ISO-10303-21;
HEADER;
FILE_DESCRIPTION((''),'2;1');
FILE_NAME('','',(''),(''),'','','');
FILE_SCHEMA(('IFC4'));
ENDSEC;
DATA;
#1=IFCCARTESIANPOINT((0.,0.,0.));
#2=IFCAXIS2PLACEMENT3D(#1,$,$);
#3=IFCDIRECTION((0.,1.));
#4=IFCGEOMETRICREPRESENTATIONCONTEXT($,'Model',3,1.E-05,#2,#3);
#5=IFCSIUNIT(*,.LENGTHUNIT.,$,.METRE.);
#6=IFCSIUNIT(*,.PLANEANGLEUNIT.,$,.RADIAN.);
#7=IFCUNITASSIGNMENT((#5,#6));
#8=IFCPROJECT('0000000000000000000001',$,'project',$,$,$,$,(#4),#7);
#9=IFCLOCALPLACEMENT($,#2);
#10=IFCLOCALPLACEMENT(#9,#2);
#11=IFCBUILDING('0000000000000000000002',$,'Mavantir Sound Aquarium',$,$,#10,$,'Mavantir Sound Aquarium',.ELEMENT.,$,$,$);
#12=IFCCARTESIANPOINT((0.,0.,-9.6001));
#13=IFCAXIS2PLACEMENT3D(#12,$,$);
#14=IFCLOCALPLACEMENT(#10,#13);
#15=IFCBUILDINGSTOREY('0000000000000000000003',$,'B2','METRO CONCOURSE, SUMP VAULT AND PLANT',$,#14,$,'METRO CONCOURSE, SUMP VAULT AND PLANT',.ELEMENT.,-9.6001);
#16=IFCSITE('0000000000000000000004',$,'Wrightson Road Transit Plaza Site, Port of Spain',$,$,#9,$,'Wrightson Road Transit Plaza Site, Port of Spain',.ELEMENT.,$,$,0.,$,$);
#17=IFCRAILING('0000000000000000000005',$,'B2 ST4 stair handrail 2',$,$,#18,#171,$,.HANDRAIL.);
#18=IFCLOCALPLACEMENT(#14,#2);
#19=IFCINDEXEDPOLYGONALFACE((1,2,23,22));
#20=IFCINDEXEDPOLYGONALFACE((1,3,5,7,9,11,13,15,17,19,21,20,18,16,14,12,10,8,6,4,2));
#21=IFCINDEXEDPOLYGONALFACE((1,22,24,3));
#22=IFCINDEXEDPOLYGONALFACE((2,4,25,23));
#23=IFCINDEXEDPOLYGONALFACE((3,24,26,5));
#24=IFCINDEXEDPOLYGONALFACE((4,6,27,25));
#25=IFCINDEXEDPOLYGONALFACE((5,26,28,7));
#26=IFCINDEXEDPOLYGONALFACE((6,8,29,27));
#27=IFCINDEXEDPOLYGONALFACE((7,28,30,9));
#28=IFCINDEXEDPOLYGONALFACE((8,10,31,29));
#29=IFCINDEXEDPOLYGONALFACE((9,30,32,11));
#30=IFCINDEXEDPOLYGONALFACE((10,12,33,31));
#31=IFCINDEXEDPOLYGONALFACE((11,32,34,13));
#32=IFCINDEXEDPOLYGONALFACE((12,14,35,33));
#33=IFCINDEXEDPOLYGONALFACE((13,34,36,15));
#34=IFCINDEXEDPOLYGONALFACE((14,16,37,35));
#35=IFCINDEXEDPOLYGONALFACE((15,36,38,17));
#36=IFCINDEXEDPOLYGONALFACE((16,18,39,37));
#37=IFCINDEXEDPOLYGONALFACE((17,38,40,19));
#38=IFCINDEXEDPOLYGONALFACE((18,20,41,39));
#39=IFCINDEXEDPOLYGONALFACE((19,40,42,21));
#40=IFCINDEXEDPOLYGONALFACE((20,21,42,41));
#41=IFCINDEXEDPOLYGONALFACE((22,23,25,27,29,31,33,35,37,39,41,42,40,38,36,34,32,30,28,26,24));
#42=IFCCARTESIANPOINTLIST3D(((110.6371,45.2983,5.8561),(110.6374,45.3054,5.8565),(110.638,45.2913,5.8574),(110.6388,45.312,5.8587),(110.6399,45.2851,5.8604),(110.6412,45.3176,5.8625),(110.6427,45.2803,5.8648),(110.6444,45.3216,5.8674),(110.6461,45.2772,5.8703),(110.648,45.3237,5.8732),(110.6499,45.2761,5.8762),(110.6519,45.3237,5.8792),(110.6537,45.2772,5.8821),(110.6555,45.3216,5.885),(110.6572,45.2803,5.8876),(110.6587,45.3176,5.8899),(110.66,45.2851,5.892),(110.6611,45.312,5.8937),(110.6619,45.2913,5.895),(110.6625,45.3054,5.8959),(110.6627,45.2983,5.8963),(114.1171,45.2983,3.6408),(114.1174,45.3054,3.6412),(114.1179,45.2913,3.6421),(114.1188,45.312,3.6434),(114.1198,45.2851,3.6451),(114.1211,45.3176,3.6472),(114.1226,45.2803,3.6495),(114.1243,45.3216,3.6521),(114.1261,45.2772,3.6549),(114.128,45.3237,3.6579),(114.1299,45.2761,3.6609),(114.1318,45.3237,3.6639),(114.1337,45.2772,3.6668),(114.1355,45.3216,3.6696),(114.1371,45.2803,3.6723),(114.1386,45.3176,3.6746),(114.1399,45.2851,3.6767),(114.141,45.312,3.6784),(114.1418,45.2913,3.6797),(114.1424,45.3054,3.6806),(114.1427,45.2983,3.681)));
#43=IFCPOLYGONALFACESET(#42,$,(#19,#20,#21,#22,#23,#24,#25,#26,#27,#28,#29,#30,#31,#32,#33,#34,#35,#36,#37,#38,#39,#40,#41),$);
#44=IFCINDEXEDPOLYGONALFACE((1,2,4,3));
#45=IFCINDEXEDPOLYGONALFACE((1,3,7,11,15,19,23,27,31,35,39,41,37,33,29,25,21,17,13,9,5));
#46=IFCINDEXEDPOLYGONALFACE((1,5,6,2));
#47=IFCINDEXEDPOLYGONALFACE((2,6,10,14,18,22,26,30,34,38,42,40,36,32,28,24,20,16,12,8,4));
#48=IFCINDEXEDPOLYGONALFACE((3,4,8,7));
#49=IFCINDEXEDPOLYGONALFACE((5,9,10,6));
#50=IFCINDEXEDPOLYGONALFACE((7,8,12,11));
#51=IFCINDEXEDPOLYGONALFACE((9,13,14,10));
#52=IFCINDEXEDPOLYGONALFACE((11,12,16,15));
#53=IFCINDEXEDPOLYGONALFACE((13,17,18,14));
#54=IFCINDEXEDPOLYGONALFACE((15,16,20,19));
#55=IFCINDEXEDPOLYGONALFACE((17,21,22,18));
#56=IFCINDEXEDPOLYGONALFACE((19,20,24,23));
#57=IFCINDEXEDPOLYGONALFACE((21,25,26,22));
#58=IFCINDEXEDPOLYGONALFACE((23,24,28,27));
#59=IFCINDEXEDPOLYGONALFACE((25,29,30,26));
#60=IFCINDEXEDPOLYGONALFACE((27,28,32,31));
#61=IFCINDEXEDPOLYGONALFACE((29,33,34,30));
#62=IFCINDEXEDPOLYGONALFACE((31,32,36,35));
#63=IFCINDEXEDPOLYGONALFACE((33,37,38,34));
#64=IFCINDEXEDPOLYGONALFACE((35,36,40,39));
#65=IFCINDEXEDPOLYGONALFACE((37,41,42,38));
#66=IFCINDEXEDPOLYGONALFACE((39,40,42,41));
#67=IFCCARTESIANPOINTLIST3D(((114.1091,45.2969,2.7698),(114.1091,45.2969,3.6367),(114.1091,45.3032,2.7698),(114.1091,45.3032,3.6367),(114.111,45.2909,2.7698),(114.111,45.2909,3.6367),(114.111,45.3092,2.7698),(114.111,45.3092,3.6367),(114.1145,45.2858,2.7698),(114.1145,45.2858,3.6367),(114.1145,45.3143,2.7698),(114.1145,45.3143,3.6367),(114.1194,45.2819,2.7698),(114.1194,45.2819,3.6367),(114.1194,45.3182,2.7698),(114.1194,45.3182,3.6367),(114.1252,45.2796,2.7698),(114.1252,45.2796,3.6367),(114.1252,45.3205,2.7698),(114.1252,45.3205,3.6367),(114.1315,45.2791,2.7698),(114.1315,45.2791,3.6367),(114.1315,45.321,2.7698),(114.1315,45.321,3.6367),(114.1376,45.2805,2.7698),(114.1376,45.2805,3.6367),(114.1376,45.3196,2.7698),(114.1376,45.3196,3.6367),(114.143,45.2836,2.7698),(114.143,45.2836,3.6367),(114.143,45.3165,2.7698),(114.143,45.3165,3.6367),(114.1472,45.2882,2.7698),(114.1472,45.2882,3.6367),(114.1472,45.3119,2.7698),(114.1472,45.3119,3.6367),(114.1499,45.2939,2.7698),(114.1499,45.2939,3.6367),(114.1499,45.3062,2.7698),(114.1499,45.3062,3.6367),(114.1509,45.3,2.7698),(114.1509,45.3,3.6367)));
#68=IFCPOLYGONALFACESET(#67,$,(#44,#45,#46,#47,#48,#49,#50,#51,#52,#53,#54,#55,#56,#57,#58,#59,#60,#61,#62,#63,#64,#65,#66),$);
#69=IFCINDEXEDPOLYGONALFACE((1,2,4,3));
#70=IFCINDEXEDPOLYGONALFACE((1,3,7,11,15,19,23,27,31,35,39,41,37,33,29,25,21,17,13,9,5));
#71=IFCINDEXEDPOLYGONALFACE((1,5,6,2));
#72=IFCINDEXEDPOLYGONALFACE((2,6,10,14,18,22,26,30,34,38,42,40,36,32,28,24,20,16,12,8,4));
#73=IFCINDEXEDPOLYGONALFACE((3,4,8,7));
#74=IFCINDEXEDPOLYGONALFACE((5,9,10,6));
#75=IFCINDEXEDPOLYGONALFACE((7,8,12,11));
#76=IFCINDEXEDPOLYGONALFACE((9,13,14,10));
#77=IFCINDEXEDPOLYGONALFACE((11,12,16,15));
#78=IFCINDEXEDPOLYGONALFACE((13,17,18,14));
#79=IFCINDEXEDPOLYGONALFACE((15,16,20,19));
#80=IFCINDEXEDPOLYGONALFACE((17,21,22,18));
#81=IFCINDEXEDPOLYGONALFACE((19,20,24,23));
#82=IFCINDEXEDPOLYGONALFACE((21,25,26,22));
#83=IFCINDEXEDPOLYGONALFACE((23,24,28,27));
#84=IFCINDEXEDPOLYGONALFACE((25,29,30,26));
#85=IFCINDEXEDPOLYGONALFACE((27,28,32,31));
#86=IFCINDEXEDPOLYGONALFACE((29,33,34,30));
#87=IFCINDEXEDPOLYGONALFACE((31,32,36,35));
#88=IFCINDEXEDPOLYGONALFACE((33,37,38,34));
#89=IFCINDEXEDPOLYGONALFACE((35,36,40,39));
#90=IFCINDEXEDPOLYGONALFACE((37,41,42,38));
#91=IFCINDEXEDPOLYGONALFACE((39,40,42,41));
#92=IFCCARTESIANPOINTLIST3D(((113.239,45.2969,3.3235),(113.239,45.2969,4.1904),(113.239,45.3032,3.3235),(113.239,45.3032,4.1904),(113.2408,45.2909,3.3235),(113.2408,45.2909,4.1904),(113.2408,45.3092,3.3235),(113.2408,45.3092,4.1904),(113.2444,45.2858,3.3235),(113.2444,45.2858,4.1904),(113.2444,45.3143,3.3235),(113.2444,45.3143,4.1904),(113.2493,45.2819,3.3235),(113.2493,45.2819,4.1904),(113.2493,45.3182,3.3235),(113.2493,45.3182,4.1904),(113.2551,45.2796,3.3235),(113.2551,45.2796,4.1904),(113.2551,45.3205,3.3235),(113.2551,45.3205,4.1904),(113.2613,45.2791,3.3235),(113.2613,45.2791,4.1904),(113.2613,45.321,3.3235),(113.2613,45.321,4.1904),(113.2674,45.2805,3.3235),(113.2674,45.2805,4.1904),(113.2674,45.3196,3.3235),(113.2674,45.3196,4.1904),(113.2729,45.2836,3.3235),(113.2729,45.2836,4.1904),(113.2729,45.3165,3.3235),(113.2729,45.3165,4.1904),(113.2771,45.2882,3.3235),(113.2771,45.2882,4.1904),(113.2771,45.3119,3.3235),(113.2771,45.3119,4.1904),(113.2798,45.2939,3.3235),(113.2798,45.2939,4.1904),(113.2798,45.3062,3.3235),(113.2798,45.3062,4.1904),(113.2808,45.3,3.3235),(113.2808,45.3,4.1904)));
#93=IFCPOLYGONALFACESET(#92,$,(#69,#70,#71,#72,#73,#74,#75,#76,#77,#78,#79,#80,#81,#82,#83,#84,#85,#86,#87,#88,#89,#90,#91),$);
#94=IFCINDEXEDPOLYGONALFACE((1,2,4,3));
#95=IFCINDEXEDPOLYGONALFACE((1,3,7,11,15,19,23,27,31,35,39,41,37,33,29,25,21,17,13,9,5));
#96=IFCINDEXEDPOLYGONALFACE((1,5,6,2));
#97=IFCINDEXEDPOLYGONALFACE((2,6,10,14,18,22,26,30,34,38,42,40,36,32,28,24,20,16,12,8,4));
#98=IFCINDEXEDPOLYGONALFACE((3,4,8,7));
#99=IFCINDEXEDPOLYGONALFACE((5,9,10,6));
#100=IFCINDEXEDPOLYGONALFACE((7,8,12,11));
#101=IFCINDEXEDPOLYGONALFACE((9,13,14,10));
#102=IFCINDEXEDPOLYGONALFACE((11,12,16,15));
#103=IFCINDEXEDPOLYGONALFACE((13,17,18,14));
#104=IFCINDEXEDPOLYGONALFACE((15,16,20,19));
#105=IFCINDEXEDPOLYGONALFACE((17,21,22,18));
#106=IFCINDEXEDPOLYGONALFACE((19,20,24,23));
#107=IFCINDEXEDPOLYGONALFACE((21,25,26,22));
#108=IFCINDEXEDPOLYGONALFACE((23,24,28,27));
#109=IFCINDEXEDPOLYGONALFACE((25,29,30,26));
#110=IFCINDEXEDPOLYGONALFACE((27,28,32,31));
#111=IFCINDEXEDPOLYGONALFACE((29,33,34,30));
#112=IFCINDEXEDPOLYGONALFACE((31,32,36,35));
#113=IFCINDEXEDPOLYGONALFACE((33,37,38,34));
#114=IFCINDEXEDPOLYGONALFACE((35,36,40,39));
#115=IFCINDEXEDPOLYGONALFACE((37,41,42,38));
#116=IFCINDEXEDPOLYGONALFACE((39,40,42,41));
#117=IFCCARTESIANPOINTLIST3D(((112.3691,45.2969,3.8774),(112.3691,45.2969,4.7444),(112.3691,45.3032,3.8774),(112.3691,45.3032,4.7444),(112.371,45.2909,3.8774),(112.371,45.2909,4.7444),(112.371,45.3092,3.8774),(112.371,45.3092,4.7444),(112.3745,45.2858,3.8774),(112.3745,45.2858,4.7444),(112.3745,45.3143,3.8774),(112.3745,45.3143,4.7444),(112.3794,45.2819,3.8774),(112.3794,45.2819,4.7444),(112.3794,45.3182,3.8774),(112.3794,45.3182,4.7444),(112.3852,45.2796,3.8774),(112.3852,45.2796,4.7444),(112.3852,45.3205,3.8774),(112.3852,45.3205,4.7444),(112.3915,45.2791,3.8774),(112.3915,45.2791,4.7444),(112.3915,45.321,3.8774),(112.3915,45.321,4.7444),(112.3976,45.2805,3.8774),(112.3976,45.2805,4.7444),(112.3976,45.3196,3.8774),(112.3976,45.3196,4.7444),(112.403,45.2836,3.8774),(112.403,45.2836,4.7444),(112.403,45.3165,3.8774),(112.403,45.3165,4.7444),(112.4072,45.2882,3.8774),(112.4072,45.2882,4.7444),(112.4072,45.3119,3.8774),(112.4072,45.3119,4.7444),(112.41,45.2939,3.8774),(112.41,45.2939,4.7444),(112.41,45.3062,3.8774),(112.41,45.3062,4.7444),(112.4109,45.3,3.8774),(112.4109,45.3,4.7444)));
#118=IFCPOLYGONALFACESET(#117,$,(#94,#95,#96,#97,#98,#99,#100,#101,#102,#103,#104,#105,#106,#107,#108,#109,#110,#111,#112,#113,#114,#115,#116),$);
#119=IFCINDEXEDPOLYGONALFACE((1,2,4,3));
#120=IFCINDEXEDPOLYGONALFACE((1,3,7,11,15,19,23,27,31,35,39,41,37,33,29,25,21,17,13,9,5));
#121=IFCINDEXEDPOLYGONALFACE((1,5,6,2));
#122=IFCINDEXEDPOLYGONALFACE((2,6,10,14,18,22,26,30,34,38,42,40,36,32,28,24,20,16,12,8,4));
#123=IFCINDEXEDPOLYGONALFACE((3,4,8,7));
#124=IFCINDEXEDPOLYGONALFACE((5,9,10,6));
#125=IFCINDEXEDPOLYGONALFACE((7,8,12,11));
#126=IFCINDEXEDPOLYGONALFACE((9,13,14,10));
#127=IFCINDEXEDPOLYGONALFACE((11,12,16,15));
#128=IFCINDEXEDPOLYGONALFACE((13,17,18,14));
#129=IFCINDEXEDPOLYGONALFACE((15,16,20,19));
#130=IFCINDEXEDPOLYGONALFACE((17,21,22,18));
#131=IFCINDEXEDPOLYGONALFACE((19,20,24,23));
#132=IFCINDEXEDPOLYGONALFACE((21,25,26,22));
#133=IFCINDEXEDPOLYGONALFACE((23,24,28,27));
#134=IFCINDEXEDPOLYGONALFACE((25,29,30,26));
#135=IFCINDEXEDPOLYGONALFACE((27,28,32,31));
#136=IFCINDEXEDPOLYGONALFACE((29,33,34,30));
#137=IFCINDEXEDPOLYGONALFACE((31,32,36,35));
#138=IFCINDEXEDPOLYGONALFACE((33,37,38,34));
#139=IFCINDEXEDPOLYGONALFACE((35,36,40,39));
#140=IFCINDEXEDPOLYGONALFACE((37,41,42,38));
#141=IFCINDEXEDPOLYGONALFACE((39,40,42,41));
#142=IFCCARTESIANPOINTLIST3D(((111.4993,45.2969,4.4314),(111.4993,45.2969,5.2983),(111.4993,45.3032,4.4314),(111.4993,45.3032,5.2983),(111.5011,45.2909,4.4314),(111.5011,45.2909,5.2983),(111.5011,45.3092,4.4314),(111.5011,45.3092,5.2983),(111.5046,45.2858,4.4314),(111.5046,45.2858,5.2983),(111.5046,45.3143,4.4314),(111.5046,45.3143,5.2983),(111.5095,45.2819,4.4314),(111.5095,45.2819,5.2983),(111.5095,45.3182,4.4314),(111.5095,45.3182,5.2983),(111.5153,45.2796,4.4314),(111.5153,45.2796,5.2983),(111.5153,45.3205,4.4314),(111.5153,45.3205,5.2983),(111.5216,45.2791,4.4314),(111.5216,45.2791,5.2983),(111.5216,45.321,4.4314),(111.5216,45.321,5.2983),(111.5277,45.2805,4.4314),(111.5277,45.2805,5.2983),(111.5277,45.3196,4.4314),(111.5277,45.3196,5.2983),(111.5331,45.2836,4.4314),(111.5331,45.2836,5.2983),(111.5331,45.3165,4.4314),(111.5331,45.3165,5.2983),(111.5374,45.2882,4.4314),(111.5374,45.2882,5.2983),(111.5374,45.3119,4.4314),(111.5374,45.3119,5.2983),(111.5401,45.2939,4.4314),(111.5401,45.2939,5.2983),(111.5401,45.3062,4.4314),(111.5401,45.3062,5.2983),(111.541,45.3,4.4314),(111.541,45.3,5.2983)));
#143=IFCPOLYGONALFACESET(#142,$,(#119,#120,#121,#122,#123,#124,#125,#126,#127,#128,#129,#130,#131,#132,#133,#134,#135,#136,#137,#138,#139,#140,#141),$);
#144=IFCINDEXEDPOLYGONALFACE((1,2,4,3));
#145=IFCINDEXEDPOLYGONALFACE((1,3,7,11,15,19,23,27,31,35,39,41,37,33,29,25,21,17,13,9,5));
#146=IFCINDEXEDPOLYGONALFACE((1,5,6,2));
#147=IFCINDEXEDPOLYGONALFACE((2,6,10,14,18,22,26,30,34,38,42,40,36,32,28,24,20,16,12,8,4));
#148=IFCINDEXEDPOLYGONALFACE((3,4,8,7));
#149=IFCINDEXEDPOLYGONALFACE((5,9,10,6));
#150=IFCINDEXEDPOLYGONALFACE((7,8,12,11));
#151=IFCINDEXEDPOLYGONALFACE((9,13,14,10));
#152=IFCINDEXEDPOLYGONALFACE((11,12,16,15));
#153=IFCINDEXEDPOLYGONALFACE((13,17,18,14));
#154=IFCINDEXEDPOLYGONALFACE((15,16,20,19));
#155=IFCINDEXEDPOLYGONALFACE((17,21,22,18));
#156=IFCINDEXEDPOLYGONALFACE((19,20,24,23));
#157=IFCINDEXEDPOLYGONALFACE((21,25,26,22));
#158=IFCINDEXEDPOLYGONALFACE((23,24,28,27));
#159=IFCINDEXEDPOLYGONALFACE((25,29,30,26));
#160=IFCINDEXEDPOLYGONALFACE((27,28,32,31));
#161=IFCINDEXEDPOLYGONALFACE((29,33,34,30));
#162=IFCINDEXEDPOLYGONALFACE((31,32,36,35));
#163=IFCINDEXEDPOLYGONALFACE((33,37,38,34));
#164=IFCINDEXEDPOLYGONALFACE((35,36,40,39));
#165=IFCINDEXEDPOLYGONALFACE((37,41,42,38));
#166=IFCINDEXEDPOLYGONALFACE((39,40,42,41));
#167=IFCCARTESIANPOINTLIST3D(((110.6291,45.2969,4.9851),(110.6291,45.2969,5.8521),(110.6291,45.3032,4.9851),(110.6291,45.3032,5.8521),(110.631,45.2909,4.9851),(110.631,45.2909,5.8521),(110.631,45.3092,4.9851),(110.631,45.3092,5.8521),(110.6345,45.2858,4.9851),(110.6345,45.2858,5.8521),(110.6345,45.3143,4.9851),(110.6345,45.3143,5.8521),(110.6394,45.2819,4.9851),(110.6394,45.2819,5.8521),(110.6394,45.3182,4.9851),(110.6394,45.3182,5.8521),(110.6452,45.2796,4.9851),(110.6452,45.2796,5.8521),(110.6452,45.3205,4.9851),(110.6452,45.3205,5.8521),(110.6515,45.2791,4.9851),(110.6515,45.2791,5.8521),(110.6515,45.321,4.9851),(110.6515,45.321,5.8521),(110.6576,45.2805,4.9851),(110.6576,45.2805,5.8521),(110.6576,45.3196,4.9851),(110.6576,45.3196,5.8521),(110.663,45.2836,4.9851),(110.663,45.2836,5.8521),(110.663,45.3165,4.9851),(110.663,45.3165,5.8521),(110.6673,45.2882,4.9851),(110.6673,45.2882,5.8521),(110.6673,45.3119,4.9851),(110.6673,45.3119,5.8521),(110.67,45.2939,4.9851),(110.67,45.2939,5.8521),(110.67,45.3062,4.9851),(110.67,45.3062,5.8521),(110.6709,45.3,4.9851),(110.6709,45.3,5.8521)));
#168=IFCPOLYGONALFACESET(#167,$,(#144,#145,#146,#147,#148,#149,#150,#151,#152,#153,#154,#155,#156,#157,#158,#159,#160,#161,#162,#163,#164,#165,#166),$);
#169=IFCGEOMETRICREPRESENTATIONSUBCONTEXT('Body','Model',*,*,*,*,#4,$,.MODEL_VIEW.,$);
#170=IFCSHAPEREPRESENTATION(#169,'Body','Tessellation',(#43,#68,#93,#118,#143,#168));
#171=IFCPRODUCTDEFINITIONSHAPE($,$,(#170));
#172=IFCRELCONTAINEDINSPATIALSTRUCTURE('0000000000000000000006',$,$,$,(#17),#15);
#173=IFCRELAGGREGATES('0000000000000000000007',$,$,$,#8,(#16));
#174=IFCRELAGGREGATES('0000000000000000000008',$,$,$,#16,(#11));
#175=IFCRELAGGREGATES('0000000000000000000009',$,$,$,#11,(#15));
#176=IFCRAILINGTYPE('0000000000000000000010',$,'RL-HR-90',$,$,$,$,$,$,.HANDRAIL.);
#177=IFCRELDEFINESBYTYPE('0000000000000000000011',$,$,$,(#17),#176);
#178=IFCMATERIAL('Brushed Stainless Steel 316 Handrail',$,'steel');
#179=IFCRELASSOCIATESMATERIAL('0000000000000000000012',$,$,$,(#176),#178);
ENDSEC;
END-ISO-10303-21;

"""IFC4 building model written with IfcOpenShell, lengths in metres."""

from ifc_helpers import new_model, si_unit, direction, frame, origin, origin_2d, place, context, subcontext, project, spatial, circle, extrude, material, type_object, element, save


model = new_model("IFC4")

# Units and contexts
model_context = context("Model", 3, precision=1e-05, world=origin(), true_north=direction((0.0, 1.0)))
body_context = subcontext(model_context, "Body", "Model", "MODEL_VIEW")
ifc_project = project(units=[si_unit("LENGTHUNIT", "METRE"), si_unit("PLANEANGLEUNIT", "RADIAN")], contexts=[model_context])

# Site, building, storey
site_placement = place(None, origin())
site = spatial("IfcSite", under=ifc_project, at=site_placement, Name="Wrightson Road Transit Plaza Site, Port of Spain", LongName="Wrightson Road Transit Plaza Site, Port of Spain", CompositionType="ELEMENT", RefElevation=0.0)
building_placement = place(site_placement, origin())
building = spatial("IfcBuilding", under=site, at=building_placement, Name="Mavantir Sound Aquarium", LongName="Mavantir Sound Aquarium", CompositionType="ELEMENT")
storey_placement = place(building_placement, frame((0.0, 0.0, -9.6001)))
storey = spatial("IfcBuildingStorey", under=building, at=storey_placement, Name="B2", Description="METRO CONCOURSE, SUMP VAULT AND PLANT", LongName="METRO CONCOURSE, SUMP VAULT AND PLANT", CompositionType="ELEMENT", Elevation=-9.6001)

# Railing
ifc_material_1 = material(Name="Brushed Stainless Steel 316 Handrail", Category="steel")
railing_type_1 = type_object("IfcRailingType", Name="RL-HR-90", PredefinedType="HANDRAIL", material=ifc_material_1)
railing_1_placement = place(storey_placement, frame((114.1299, 45.3, 2.7698)))
element("IfcRailing", 1, at=railing_1_placement, inside=storey, type_object=railing_type_1, Name="B2 ST4 stair handrail 2", PredefinedType="HANDRAIL", context=body_context, shape_type="SweptSolid", body=[
    extrude(circle(Radius=0.0239, at=origin_2d()), frame((0.0, 0.0, 0.8911), z_axis=(-0.843574, 0.0, 0.537013), x_axis=(0.0, -1.0, 0.0)), (0.0, 0.0, 1.0), 4.1252),
    extrude(circle(Radius=0.021, at=origin_2d()), origin(), (0.0, 0.0, 1.0), 0.8669),
    extrude(circle(Radius=0.021, at=origin_2d()), frame((-0.8701, 0.0, 0.5537)), (0.0, 0.0, 1.0), 0.8669),
    extrude(circle(Radius=0.021, at=origin_2d()), frame((-1.74, 0.0, 1.1077)), (0.0, 0.0, 1.0), 0.8669),
    extrude(circle(Radius=0.021, at=origin_2d()), frame((-2.6099, 0.0, 1.6616)), (0.0, 0.0, 1.0), 0.8669),
    extrude(circle(Radius=0.021, at=origin_2d()), frame((-3.48, 0.0, 2.2153)), (0.0, 0.0, 1.0), 0.8669),
])

save(model, "model.ifc")
